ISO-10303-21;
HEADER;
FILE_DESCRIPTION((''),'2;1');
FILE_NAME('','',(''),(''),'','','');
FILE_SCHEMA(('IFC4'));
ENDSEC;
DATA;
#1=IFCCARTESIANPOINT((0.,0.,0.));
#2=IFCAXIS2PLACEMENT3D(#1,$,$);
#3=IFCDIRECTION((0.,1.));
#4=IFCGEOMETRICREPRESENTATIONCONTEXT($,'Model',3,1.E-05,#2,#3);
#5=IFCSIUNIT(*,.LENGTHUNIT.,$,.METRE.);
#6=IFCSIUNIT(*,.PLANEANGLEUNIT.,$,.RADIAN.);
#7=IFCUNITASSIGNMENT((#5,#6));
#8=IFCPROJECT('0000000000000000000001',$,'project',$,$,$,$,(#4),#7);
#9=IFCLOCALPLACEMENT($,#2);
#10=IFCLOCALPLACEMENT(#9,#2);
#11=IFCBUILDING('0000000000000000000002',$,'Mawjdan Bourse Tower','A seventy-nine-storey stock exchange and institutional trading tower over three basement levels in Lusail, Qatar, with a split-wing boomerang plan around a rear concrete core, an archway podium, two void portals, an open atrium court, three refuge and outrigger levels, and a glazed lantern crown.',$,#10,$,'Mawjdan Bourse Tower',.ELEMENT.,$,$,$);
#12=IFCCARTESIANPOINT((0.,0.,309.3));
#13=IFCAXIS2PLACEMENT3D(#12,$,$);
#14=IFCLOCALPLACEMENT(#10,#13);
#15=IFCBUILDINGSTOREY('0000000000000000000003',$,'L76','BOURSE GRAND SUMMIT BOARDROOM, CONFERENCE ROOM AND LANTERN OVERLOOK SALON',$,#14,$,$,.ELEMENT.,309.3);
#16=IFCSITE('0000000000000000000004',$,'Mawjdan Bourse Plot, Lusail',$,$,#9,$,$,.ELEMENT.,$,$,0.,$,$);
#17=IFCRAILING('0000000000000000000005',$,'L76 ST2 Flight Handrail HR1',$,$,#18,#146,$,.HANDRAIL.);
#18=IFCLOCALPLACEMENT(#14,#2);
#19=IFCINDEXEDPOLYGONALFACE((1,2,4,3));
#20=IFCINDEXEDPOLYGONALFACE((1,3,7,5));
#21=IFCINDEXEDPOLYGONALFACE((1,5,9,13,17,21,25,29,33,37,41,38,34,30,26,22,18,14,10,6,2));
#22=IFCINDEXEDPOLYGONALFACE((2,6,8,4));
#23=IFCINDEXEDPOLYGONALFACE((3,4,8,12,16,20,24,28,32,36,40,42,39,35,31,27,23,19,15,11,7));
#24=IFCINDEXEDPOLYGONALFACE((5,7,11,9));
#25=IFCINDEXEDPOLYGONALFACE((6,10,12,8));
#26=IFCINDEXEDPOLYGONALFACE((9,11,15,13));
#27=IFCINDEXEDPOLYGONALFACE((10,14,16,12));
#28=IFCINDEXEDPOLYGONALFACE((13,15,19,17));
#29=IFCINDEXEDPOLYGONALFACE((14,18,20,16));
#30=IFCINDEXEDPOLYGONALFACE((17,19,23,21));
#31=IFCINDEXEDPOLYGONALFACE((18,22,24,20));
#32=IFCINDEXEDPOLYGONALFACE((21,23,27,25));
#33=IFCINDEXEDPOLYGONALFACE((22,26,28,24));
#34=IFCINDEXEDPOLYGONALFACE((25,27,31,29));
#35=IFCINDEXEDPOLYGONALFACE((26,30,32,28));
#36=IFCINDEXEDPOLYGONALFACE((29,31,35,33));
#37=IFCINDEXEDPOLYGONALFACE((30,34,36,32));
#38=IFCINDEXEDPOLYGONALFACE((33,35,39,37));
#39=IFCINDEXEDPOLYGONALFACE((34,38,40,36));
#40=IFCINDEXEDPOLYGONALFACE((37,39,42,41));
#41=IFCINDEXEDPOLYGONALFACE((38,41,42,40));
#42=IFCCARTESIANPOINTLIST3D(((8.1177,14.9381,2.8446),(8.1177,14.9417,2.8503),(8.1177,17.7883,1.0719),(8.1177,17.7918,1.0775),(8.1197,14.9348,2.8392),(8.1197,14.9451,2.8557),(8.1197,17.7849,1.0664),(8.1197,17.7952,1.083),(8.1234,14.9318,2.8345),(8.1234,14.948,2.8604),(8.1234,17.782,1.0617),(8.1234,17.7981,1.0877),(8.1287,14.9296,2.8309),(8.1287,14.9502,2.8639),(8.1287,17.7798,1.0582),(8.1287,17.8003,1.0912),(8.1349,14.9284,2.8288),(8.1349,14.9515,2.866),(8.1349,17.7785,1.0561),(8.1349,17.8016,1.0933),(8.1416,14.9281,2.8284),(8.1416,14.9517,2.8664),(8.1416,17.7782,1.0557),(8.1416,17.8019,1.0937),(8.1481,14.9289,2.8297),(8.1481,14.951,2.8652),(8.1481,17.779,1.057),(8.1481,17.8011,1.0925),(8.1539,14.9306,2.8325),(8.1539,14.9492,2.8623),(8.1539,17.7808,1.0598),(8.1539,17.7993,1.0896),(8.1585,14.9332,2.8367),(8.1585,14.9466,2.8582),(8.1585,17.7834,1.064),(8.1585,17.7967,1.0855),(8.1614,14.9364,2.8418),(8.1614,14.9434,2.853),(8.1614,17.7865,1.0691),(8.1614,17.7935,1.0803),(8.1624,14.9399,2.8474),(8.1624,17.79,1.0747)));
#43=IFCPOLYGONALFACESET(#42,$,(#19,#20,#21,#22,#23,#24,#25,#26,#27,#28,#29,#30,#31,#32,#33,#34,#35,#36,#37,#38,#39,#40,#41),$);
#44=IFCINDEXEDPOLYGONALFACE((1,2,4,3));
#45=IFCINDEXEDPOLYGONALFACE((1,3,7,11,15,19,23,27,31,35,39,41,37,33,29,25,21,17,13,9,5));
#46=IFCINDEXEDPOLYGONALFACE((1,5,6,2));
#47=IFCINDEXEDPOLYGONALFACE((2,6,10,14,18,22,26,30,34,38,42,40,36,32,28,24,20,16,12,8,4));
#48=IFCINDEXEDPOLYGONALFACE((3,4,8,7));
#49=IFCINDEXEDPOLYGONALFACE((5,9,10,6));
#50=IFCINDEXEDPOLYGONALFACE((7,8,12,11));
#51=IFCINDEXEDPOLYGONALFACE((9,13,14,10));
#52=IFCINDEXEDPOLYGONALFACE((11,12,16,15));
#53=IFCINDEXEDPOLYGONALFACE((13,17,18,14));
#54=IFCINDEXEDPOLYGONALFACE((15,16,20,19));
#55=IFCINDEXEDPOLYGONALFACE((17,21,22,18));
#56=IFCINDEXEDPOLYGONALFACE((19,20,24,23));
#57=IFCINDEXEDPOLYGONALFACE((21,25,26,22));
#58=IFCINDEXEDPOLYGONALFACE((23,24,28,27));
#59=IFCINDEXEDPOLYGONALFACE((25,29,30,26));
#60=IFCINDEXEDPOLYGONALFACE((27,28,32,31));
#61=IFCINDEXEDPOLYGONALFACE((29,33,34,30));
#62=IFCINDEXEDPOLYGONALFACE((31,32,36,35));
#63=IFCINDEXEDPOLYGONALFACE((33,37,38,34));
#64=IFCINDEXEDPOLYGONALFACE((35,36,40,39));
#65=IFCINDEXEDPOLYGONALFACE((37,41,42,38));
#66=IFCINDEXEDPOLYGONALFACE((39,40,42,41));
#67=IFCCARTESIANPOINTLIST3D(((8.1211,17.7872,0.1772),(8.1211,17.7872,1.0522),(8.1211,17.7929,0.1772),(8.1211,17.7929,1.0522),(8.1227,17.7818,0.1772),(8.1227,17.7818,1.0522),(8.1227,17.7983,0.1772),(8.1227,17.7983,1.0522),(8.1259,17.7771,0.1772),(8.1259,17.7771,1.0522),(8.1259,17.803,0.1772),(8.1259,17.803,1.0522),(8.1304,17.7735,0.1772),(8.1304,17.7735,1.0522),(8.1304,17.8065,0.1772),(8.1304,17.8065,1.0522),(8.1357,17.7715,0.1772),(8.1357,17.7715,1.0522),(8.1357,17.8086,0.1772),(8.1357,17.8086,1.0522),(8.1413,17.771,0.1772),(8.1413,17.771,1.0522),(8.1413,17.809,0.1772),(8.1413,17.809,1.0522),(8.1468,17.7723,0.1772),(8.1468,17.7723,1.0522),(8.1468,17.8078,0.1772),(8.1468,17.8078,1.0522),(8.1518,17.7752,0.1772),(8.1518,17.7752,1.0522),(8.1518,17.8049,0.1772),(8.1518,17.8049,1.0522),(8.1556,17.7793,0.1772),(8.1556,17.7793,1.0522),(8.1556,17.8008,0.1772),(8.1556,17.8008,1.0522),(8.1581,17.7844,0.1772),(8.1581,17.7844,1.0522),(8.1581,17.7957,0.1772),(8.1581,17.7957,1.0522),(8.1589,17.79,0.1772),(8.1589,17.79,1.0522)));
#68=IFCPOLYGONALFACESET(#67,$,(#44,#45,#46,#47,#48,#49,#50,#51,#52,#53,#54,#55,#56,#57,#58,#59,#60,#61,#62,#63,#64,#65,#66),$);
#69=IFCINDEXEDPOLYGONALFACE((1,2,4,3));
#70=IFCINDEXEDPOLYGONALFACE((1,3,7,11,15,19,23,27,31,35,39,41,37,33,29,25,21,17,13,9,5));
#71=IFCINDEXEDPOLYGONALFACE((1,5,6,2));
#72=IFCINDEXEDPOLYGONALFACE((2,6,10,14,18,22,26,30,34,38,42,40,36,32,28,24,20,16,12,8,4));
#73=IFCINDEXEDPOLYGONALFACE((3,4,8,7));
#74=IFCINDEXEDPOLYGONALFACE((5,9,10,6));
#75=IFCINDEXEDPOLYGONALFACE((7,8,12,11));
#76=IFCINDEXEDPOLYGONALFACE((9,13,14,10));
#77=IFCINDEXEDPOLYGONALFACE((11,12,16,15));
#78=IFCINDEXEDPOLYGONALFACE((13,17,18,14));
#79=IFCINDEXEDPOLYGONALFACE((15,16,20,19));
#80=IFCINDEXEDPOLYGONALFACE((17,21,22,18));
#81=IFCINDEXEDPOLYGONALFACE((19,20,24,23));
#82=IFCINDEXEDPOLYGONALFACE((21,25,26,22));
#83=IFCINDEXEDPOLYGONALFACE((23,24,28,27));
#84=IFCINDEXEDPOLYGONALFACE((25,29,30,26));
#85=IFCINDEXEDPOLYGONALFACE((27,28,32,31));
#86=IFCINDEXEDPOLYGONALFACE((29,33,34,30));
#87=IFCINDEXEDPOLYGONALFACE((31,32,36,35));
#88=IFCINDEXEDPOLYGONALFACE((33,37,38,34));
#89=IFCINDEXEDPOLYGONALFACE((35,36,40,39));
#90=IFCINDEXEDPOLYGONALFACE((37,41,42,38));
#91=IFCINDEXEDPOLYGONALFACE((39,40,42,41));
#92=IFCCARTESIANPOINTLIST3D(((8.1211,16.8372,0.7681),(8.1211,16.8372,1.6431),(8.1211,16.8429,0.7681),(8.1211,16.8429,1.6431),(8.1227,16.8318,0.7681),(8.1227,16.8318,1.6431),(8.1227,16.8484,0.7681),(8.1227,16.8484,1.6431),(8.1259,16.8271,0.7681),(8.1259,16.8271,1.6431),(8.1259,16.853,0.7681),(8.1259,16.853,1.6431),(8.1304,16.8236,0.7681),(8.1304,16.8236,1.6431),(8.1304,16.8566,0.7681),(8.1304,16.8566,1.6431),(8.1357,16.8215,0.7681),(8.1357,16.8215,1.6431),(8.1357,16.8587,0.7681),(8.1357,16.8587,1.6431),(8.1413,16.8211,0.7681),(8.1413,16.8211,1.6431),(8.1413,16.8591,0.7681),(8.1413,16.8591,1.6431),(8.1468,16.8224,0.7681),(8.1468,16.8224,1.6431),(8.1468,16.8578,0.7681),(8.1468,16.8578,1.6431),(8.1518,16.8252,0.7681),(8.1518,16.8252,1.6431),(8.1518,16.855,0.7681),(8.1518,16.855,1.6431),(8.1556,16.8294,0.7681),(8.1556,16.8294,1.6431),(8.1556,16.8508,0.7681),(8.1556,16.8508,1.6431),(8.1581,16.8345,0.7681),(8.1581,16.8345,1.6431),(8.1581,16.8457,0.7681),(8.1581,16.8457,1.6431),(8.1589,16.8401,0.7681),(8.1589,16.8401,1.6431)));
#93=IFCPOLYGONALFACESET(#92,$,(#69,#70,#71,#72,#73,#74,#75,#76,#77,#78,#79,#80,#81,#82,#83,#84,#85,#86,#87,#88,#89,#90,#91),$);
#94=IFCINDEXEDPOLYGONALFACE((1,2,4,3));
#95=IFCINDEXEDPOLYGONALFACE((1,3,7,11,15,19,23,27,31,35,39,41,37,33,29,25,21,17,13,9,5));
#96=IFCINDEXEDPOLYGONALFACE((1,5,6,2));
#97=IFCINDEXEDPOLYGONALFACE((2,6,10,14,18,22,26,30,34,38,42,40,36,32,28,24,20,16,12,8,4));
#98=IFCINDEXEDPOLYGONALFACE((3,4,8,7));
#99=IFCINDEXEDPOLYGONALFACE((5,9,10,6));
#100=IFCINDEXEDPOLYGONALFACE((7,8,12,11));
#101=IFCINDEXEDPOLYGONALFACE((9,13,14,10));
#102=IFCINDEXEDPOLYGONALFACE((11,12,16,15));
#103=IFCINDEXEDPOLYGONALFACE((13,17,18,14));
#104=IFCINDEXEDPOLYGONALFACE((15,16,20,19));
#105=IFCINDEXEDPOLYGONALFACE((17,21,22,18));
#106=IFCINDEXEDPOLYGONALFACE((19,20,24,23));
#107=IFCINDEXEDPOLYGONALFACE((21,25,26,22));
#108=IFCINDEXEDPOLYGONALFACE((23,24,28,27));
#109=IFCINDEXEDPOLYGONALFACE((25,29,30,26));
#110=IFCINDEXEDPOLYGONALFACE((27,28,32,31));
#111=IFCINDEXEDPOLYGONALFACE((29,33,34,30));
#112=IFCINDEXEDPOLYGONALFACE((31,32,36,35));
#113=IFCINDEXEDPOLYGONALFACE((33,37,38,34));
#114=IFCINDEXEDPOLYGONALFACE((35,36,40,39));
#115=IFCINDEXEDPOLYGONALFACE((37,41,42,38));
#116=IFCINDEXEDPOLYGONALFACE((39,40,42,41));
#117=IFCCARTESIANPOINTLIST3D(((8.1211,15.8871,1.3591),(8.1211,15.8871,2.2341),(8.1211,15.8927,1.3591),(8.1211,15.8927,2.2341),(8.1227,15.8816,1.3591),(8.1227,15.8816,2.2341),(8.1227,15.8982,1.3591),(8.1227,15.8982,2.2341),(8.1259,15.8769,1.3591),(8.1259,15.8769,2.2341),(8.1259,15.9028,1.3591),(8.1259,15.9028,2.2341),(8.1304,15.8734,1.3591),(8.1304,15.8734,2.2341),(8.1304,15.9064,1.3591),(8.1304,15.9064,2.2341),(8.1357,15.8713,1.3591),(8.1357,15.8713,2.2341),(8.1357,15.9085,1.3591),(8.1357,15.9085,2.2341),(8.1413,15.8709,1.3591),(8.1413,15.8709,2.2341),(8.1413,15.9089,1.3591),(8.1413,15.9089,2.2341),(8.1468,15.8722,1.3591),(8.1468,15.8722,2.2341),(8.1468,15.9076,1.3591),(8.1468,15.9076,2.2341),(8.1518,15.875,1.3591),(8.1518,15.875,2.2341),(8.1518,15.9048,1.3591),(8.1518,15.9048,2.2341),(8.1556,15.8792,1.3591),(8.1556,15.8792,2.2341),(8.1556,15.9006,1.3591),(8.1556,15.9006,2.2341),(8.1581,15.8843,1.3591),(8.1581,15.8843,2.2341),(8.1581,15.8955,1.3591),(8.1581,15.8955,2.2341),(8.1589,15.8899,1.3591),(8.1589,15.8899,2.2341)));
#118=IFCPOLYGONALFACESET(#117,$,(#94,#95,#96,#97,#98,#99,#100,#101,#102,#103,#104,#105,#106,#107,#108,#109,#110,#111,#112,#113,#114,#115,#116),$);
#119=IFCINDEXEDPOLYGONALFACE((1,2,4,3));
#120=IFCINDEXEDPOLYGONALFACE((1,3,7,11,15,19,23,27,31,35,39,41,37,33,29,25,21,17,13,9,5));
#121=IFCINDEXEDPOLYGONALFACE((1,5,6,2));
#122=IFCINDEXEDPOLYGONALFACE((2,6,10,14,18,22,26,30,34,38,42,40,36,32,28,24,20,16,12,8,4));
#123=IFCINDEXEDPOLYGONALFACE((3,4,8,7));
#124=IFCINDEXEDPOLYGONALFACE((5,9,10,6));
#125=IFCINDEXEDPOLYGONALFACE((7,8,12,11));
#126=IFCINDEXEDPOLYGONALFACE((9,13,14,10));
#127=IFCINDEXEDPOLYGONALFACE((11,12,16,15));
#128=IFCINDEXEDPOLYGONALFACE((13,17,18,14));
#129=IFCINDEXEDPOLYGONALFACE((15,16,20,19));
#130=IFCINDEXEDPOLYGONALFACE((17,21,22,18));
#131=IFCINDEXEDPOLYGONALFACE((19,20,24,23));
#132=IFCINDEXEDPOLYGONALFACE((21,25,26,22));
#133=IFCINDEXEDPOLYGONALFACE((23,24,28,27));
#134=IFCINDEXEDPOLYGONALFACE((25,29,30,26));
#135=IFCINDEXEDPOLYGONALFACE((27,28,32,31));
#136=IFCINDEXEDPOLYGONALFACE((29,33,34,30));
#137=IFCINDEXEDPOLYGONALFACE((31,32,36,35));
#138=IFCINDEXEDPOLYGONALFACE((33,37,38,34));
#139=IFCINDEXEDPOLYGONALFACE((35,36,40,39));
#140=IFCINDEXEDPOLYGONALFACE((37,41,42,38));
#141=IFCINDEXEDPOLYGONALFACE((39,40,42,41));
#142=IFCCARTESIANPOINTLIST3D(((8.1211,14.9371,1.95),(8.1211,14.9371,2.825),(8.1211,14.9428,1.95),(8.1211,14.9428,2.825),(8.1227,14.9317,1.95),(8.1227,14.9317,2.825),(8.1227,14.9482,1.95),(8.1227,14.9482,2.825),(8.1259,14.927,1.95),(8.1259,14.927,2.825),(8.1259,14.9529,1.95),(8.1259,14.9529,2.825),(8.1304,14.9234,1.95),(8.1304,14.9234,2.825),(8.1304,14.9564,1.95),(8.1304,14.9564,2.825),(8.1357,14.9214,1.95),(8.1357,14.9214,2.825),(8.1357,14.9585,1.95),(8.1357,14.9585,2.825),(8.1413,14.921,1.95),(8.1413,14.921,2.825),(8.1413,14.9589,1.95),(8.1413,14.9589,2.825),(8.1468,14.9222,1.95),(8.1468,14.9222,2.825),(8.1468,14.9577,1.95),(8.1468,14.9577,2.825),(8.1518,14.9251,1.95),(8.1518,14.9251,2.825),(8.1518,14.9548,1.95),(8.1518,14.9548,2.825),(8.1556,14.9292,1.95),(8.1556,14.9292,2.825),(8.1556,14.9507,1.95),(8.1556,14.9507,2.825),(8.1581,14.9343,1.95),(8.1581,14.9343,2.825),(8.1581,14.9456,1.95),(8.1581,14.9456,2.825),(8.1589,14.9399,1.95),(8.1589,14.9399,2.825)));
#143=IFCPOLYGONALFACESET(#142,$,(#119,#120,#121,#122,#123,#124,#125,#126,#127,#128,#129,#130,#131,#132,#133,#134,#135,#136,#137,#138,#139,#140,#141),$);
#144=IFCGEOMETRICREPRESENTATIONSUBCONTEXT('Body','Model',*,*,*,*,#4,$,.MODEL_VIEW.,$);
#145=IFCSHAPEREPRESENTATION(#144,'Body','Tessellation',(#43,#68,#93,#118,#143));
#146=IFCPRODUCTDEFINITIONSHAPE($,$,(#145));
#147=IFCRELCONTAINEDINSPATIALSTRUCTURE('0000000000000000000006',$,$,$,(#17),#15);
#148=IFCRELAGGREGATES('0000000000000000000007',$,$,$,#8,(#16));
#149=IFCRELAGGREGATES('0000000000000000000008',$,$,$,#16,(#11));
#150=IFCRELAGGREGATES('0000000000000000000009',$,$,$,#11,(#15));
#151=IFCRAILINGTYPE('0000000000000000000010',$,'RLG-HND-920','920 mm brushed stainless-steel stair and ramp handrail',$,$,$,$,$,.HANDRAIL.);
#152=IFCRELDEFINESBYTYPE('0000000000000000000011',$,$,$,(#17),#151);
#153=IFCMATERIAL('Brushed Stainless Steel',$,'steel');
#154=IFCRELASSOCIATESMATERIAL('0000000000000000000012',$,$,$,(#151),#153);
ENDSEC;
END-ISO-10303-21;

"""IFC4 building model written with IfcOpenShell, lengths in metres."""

from ifc_helpers import new_model, si_unit, direction, frame, origin, origin_2d, place, context, subcontext, project, spatial, circle, extrude, material, type_object, element, save


model = new_model("IFC4")

# Units and contexts
model_context = context("Model", 3, precision=1e-05, world=origin(), true_north=direction((0.0, 1.0)))
body_context = subcontext(model_context, "Body", "Model", "MODEL_VIEW")
ifc_project = project(units=[si_unit("LENGTHUNIT", "METRE"), si_unit("PLANEANGLEUNIT", "RADIAN")], contexts=[model_context])

# Site, building, storey
site_placement = place(None, origin())
site = spatial("IfcSite", under=ifc_project, at=site_placement, Name="Mawjdan Bourse Plot, Lusail", CompositionType="ELEMENT", RefElevation=0.0)
building_placement = place(site_placement, origin())
building = spatial("IfcBuilding", under=site, at=building_placement, Name="Mawjdan Bourse Tower", Description="A seventy-nine-storey stock exchange and institutional trading tower over three basement levels in Lusail, Qatar, with a split-wing boomerang plan around a rear concrete core, an archway podium, two void portals, an open atrium court, three refuge and outrigger levels, and a glazed lantern crown.", LongName="Mawjdan Bourse Tower", CompositionType="ELEMENT")
storey_placement = place(building_placement, frame((0.0, 0.0, 309.3)))
storey = spatial("IfcBuildingStorey", under=building, at=storey_placement, Name="L76", Description="BOURSE GRAND SUMMIT BOARDROOM, CONFERENCE ROOM AND LANTERN OVERLOOK SALON", CompositionType="ELEMENT", Elevation=309.3)

# Railing
ifc_material_1 = material(Name="Brushed Stainless Steel", Category="steel")
railing_type_1 = type_object("IfcRailingType", Name="RLG-HND-920", Description="920 mm brushed stainless-steel stair and ramp handrail", PredefinedType="HANDRAIL", material=ifc_material_1)
railing_1_placement = place(storey_placement, frame((8.1399, 17.79, 0.1772)))
element("IfcRailing", 1, at=railing_1_placement, inside=storey, type_object=railing_type_1, Name="L76 ST2 Flight Handrail HR1", PredefinedType="HANDRAIL", context=body_context, shape_type="SweptSolid", body=[
    extrude(circle(Radius=0.0225, at=origin_2d()), frame((0.0, 0.0, 0.8975), z_axis=(0.0, -0.849149, 0.528154), x_axis=(1.0, 0.0, 0.0)), (0.0, 0.0, 1.0), 3.3564),
    extrude(circle(Radius=0.019, at=origin_2d()), origin(), (0.0, 0.0, 1.0), 0.875),
    extrude(circle(Radius=0.019, at=origin_2d()), frame((0.0, -0.95, 0.5908)), (0.0, 0.0, 1.0), 0.875),
    extrude(circle(Radius=0.019, at=origin_2d()), frame((0.0, -1.9001, 1.1819)), (0.0, 0.0, 1.0), 0.875),
    extrude(circle(Radius=0.019, at=origin_2d()), frame((0.0, -2.8501, 1.7727)), (0.0, 0.0, 1.0), 0.875),
])

save(model, "model.ifc")
